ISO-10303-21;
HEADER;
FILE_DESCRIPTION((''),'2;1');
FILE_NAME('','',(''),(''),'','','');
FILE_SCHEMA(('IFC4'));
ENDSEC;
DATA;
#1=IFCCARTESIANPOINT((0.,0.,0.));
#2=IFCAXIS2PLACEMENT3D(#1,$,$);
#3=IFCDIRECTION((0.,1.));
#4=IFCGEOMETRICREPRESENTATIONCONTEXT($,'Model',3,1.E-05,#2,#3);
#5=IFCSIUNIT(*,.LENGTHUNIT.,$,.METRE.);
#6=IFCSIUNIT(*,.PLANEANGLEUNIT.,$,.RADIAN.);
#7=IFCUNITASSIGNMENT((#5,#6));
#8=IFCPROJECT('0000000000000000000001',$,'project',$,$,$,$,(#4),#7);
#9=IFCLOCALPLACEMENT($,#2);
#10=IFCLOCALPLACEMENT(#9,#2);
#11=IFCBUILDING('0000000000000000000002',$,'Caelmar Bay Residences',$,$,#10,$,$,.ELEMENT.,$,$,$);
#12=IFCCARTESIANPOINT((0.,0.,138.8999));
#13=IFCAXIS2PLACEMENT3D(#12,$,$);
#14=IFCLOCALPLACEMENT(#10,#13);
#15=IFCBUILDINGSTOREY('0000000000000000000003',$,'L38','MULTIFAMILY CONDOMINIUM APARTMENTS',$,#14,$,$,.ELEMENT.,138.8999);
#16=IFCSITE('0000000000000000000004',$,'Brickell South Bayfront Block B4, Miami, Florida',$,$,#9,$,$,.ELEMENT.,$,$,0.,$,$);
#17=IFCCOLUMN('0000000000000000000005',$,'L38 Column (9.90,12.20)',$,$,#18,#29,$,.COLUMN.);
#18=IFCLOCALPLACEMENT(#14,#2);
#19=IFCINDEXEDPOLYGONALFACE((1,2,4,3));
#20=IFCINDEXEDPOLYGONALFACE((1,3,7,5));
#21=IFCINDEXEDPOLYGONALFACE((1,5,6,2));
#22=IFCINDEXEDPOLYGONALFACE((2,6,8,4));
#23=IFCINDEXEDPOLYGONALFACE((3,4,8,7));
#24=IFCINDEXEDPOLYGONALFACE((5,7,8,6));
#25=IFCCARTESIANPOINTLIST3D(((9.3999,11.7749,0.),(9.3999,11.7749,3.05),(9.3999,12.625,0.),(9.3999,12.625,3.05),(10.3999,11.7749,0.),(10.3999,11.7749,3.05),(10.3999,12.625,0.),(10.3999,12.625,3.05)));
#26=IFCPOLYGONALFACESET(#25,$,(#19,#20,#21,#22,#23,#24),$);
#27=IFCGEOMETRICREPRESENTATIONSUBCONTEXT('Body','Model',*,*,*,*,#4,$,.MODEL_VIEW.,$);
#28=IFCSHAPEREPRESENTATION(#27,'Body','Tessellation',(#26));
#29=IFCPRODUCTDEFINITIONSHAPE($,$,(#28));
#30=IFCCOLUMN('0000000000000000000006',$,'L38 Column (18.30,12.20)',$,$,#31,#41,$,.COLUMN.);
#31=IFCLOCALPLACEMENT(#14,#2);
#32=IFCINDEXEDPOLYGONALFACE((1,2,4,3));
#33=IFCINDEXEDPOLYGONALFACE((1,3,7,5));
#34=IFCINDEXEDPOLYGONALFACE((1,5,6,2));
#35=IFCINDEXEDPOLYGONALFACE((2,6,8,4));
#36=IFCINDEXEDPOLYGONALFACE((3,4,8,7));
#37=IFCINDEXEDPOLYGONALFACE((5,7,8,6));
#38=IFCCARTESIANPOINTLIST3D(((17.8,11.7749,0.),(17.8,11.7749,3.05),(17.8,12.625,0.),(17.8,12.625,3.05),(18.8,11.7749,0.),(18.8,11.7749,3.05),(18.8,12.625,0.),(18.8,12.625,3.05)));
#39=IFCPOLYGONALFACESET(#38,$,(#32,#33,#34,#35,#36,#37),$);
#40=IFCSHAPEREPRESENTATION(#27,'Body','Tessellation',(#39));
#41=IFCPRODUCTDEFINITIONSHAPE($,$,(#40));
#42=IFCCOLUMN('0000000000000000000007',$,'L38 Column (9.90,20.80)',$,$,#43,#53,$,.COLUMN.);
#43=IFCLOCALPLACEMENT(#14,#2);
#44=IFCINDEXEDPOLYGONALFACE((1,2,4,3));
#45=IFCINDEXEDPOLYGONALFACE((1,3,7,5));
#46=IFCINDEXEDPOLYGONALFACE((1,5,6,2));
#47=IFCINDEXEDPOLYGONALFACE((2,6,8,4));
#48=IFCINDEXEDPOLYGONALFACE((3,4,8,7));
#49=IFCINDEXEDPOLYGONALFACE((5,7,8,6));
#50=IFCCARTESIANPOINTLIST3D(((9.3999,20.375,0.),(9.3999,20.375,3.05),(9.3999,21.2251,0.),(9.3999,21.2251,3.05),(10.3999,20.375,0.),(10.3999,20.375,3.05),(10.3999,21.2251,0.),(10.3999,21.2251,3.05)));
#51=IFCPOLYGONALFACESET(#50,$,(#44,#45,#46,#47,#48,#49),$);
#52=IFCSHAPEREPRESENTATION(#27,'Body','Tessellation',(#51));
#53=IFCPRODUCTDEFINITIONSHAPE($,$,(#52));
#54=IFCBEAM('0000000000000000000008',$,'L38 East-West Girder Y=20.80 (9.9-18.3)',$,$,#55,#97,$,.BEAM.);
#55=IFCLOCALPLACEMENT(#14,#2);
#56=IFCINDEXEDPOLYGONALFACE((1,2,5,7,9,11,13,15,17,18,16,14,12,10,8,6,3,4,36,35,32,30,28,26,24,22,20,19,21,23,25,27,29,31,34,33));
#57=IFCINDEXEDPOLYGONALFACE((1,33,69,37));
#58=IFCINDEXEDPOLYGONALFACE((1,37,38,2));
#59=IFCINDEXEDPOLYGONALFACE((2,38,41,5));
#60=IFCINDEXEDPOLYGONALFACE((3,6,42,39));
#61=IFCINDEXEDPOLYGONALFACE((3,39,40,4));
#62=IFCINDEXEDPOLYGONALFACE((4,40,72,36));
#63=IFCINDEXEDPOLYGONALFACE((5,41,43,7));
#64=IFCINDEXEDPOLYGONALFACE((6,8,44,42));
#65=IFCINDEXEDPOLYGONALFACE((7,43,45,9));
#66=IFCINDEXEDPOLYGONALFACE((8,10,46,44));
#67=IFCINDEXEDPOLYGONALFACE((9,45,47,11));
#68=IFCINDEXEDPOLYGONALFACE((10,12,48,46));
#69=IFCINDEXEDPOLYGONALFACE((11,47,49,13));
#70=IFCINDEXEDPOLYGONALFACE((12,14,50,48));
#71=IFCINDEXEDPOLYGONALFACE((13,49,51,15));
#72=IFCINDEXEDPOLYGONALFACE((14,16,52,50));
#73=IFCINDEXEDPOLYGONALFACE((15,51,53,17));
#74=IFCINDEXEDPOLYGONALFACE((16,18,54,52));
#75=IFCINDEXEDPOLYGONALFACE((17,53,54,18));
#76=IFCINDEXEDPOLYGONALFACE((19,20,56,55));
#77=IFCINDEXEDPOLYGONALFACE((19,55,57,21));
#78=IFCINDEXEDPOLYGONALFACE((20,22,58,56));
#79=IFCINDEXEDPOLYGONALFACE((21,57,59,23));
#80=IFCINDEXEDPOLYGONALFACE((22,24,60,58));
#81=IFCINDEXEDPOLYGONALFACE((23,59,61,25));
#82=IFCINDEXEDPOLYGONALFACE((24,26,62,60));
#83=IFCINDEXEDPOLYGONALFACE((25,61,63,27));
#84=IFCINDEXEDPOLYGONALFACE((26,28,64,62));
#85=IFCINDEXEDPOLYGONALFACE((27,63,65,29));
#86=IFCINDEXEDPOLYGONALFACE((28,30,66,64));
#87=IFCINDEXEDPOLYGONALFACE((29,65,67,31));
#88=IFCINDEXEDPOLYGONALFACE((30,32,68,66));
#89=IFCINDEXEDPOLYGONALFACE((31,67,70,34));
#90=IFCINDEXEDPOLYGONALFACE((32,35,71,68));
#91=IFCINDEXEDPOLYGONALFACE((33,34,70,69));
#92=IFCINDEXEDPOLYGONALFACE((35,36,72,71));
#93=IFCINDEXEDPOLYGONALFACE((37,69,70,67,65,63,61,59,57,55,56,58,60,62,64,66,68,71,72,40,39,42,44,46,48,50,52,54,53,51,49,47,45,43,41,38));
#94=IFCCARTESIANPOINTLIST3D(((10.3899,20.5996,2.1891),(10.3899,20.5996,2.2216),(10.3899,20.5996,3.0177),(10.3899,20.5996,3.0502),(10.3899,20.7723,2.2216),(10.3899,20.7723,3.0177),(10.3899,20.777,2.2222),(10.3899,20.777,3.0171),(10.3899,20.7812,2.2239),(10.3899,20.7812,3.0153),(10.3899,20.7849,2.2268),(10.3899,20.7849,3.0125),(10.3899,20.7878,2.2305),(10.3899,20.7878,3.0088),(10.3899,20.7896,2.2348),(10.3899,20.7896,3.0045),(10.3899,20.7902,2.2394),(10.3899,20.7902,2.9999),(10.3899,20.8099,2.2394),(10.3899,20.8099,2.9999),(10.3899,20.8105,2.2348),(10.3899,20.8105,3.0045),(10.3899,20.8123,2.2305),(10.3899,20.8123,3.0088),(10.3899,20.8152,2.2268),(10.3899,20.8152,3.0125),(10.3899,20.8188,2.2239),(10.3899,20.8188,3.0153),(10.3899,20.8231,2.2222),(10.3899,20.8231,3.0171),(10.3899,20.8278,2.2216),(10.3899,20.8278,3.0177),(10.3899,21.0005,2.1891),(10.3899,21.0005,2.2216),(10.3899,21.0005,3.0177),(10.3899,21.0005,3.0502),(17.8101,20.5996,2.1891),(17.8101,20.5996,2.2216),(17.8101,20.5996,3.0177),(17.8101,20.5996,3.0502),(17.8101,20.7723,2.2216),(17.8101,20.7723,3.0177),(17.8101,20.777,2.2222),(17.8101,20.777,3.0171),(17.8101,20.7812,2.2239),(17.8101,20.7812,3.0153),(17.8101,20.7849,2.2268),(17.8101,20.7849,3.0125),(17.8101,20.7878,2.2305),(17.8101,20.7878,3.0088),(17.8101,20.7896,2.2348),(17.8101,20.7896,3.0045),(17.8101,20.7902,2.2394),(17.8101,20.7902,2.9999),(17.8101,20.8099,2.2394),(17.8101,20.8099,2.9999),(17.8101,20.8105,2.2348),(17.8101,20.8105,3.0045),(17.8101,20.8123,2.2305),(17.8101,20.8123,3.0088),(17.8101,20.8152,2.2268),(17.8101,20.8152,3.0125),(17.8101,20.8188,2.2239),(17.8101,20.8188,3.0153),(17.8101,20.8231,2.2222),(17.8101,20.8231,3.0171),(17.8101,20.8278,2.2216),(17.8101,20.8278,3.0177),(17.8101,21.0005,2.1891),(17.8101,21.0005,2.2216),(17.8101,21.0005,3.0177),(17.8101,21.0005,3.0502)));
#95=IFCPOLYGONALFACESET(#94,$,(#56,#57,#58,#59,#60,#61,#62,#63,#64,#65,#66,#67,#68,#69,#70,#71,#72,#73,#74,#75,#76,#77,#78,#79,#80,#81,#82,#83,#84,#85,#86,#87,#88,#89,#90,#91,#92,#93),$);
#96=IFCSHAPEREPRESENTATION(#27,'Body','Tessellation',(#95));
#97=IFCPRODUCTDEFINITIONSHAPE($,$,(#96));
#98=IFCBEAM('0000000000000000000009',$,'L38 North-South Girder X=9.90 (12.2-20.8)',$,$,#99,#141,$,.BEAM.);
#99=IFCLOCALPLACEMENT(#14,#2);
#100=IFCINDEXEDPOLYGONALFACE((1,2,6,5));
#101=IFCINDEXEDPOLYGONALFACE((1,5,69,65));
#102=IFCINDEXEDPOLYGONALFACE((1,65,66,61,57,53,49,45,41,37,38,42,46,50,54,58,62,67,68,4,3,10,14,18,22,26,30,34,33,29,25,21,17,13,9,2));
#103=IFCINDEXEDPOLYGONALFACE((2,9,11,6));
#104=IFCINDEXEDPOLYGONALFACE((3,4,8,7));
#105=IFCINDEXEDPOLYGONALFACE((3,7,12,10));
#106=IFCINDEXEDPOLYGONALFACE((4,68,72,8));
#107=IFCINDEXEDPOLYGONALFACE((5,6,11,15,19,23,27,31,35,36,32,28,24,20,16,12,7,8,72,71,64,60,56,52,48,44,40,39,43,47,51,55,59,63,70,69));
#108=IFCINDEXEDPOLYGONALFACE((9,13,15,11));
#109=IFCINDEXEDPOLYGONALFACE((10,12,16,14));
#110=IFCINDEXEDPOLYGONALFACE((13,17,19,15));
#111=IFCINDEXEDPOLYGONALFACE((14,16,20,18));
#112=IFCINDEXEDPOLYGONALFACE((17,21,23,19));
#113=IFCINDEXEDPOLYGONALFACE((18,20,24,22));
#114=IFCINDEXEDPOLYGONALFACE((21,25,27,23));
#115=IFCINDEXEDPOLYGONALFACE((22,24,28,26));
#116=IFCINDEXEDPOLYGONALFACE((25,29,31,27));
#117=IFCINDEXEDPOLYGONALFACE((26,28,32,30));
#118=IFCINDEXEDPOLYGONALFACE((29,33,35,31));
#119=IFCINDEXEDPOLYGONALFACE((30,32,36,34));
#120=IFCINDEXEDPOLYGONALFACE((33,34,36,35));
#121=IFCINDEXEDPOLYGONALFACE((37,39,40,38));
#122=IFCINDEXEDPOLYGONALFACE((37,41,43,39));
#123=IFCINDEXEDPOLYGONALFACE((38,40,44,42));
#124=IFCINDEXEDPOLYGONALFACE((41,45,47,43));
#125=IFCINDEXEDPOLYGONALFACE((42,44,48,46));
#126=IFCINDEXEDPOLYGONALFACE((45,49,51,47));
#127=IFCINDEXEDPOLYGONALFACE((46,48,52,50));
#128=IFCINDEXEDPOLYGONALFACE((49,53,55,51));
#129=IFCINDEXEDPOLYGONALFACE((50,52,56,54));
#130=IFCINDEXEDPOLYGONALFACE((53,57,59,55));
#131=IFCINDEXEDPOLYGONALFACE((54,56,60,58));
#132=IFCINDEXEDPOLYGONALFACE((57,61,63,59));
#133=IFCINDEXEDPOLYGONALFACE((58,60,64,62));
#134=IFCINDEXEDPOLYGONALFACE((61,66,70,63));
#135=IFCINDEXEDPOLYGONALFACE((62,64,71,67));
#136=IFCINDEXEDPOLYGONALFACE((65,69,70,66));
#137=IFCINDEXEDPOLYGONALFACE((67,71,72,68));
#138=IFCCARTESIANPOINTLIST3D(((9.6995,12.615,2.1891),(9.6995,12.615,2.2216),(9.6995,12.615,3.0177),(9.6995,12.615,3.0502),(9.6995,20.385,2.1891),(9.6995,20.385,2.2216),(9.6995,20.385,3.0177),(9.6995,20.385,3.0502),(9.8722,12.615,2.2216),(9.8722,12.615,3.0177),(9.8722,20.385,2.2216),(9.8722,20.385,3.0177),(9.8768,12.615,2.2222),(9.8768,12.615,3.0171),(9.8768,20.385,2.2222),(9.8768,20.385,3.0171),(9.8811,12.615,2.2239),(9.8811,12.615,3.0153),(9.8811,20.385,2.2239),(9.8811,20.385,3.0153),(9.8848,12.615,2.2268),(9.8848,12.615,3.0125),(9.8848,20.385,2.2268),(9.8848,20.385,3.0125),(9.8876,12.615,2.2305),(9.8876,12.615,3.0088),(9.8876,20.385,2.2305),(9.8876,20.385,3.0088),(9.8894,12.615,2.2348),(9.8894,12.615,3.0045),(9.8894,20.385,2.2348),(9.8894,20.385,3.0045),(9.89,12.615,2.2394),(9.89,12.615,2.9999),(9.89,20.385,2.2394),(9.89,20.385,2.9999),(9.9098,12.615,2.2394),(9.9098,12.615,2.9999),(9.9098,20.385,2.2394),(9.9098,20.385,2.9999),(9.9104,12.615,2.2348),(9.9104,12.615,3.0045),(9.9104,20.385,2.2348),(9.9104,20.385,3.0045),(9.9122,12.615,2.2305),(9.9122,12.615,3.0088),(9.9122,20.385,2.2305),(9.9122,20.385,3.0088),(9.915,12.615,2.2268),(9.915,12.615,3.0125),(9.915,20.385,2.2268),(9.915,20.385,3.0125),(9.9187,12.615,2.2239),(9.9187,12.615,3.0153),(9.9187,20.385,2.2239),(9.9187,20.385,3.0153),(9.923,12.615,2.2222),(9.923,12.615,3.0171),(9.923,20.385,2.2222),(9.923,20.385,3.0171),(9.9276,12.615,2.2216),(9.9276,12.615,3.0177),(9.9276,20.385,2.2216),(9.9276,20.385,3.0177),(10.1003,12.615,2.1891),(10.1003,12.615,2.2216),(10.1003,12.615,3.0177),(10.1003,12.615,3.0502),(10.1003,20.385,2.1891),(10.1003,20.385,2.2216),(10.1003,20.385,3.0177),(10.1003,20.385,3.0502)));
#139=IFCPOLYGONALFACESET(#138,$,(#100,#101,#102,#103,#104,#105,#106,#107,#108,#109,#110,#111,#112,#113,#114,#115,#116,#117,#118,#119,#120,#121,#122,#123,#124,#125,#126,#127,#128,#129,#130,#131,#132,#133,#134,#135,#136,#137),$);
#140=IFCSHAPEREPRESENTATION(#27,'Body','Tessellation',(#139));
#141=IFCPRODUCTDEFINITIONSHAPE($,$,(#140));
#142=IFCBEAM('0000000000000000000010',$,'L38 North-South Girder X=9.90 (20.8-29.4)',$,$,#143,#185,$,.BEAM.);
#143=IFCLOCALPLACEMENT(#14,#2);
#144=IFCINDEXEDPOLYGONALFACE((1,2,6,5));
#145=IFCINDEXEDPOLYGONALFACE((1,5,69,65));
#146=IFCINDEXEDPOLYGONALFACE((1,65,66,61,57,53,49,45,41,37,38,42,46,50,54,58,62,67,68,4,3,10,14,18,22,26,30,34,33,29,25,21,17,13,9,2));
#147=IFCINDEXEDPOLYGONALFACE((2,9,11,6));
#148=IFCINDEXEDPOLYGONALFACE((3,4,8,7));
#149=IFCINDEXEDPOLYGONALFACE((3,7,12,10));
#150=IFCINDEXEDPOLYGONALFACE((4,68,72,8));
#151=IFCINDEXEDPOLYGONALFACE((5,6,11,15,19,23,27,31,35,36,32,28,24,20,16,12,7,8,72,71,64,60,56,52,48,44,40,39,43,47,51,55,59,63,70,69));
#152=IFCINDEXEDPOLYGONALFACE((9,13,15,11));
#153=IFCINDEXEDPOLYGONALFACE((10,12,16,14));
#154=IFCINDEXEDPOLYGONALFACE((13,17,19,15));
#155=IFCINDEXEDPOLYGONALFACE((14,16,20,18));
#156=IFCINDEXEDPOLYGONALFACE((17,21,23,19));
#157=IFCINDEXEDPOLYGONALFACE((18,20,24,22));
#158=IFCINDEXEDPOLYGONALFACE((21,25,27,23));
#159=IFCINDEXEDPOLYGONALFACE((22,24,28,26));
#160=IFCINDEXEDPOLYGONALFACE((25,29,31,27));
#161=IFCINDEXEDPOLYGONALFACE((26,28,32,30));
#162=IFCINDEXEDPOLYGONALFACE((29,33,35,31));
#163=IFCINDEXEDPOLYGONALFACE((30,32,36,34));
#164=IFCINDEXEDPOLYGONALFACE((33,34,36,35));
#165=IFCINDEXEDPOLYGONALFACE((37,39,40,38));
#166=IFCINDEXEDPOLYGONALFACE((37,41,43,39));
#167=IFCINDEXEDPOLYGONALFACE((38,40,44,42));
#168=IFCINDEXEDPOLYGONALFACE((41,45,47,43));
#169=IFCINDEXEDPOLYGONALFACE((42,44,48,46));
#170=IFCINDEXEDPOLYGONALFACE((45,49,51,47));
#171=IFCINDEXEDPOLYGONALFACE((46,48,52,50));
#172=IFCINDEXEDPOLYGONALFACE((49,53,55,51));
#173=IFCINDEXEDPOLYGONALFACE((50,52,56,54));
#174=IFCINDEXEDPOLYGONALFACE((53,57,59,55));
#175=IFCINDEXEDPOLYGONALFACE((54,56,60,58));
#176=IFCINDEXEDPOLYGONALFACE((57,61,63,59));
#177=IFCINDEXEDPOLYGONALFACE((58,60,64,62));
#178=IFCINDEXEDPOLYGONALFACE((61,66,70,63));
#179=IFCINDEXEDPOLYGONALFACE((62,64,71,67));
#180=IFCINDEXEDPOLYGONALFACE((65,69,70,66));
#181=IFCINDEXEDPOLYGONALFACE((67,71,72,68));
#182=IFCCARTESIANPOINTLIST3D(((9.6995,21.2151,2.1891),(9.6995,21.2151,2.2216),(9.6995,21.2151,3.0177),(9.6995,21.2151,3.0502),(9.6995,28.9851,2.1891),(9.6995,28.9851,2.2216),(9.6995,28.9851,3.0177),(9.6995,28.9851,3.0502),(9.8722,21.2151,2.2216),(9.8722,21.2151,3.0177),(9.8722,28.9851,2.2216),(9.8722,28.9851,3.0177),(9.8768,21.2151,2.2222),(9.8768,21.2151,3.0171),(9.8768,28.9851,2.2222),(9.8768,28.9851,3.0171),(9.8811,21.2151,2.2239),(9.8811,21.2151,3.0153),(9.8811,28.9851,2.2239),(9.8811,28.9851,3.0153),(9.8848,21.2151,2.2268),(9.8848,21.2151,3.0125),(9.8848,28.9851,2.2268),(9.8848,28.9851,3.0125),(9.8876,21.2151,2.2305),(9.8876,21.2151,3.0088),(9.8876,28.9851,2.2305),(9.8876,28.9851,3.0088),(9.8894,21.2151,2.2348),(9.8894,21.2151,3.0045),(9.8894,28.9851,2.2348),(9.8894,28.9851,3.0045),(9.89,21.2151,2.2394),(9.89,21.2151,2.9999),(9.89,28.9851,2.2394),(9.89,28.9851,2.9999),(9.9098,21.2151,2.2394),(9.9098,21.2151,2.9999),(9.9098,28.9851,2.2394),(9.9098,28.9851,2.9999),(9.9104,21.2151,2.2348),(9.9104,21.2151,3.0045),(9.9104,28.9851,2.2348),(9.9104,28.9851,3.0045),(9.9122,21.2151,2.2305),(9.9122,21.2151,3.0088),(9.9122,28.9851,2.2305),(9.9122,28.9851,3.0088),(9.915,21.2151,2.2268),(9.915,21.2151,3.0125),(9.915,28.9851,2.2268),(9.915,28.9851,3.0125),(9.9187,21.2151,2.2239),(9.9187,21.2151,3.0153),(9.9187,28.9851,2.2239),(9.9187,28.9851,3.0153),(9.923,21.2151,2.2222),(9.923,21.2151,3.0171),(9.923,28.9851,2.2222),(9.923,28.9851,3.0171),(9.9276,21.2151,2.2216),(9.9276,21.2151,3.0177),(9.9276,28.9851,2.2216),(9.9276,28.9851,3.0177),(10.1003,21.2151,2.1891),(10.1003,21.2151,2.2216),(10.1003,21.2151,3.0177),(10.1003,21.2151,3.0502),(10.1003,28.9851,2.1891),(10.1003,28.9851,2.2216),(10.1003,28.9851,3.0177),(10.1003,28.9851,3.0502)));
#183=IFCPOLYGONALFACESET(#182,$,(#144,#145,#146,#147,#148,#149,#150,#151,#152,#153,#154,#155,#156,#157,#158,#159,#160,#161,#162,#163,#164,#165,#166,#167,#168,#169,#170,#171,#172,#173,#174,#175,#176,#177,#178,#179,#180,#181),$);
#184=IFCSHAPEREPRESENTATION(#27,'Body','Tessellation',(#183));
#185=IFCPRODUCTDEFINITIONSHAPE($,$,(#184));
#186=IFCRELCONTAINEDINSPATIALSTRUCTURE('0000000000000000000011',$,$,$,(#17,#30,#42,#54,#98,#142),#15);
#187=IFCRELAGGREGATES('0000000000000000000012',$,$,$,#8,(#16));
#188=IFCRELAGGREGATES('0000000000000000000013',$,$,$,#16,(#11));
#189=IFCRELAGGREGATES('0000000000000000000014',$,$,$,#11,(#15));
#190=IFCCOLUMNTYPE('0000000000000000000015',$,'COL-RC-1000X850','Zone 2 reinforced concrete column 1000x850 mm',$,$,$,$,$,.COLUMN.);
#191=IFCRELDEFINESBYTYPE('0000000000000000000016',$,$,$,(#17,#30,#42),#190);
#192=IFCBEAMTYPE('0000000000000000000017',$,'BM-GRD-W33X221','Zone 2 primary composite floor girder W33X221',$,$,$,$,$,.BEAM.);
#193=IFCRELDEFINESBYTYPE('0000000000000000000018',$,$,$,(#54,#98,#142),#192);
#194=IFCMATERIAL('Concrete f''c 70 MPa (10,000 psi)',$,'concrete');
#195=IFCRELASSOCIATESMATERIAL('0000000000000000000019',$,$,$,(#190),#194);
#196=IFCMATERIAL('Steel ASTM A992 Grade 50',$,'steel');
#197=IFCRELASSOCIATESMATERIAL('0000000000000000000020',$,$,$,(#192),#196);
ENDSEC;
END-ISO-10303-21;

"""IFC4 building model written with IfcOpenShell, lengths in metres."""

from ifc_helpers import new_model, si_unit, direction, frame, origin, origin_2d, place, context, subcontext, project, spatial, rectangle, i_section, extrude, material, material_profile, profile_set, type_object, element, save


model = new_model("IFC4")

# Units and contexts
model_context = context("Model", 3, precision=1e-05, world=origin(), true_north=direction((0.0, 1.0)))
body_context = subcontext(model_context, "Body", "Model", "MODEL_VIEW")
ifc_project = project(units=[si_unit("LENGTHUNIT", "METRE"), si_unit("PLANEANGLEUNIT", "RADIAN")], contexts=[model_context])

# Site, building, storey
site_placement = place(None, origin())
site = spatial("IfcSite", under=ifc_project, at=site_placement, Name="Brickell South Bayfront Block B4, Miami, Florida", CompositionType="ELEMENT", RefElevation=0.0)
building_placement = place(site_placement, origin())
building = spatial("IfcBuilding", under=site, at=building_placement, Name="Caelmar Bay Residences", CompositionType="ELEMENT")
storey_placement = place(building_placement, frame((0.0, 0.0, 138.8999)))
storey = spatial("IfcBuildingStorey", under=building, at=storey_placement, Name="L38", Description="MULTIFAMILY CONDOMINIUM APARTMENTS", CompositionType="ELEMENT", Elevation=138.8999)

# Columns
ifc_material_1 = material(Name="Concrete f'c 70 MPa (10,000 psi)", Category="concrete")
ifc_material_profile_1 = material_profile(ifc_material_1, rectangle(XDim=1.0, YDim=0.8501, at=origin_2d()), Name="RC-COL-1000X850")
ifc_profile_set_1 = profile_set([ifc_material_profile_1], Name="Concrete f'c 70 MPa (10,000 psi)")
column_type = type_object("IfcColumnType", Name="COL-RC-1000X850", Description="Zone 2 reinforced concrete column 1000x850 mm", PredefinedType="COLUMN", material=ifc_profile_set_1)
for number, where, z_axis, x_axis, name in (
    (1, (9.8999, 12.2, 0.0), (0.0, 0.0, 1.0), (1.0, 0.0, 0.0), "L38 Column (9.90,12.20)"),
    (2, (18.3, 12.2, 0.0), (0.0, 0.0, 1.0), (1.0, 0.0, 0.0), "L38 Column (18.30,12.20)"),
    (3, (9.8999, 20.8, 0.0), (0.0, 0.0, 1.0), (1.0, 0.0, 0.0), "L38 Column (9.90,20.80)"),
):
    element("IfcColumn", number, at=place(storey_placement, frame(where, z_axis=z_axis, x_axis=x_axis)), inside=storey, type_object=column_type, Name=name, PredefinedType="COLUMN", context=body_context, shape_type="SweptSolid", body=[
        extrude(rectangle(XDim=1.0, YDim=0.8501, at=origin_2d()), origin(), (0.0, 0.0, 1.0), 3.05),
    ])

# Beams
ifc_material_2 = material(Name="Steel ASTM A992 Grade 50", Category="steel")
ifc_material_profile_2 = material_profile(ifc_material_2, i_section(OverallWidth=0.4009, OverallDepth=0.8611, WebThickness=0.0198, FlangeThickness=0.0325, FilletRadius=0.0178, at=origin_2d()), Name="W33X221")
ifc_profile_set_2 = profile_set([ifc_material_profile_2], Name="Steel ASTM A992 Grade 50")
beam_type_1 = type_object("IfcBeamType", Name="BM-GRD-W33X221", Description="Zone 2 primary composite floor girder W33X221", PredefinedType="BEAM", material=ifc_profile_set_2)
beam_1_placement = place(storey_placement, frame((10.3899, 20.8, 2.6196), z_axis=(1.0, 0.0, 0.0), x_axis=(0.0, 1.0, 0.0)))
element("IfcBeam", 4, at=beam_1_placement, inside=storey, type_object=beam_type_1, Name="L38 East-West Girder Y=20.80 (9.9-18.3)", PredefinedType="BEAM", context=body_context, shape_type="SweptSolid", body=[
    extrude(i_section(OverallWidth=0.4009, OverallDepth=0.8611, WebThickness=0.0198, FlangeThickness=0.0325, FilletRadius=0.0178, at=origin_2d()), origin(), (0.0, 0.0, 1.0), 7.4202),
])
for number, where, z_axis, x_axis, name in (
    (5, (9.8999, 12.615, 2.6196), (0.0, 1.0, 0.0), (-1.0, 0.0, 0.0), "L38 North-South Girder X=9.90 (12.2-20.8)"),
    (6, (9.8999, 21.2151, 2.6196), (0.0, 1.0, 0.0), (-1.0, 0.0, 0.0), "L38 North-South Girder X=9.90 (20.8-29.4)"),
):
    element("IfcBeam", number, at=place(storey_placement, frame(where, z_axis=z_axis, x_axis=x_axis)), inside=storey, type_object=beam_type_1, Name=name, PredefinedType="BEAM", context=body_context, shape_type="SweptSolid", body=[
        extrude(i_section(OverallWidth=0.4009, OverallDepth=0.8611, WebThickness=0.0198, FlangeThickness=0.0325, FilletRadius=0.0178, at=origin_2d()), origin(), (0.0, 0.0, 1.0), 7.77),
    ])

save(model, "model.ifc")
